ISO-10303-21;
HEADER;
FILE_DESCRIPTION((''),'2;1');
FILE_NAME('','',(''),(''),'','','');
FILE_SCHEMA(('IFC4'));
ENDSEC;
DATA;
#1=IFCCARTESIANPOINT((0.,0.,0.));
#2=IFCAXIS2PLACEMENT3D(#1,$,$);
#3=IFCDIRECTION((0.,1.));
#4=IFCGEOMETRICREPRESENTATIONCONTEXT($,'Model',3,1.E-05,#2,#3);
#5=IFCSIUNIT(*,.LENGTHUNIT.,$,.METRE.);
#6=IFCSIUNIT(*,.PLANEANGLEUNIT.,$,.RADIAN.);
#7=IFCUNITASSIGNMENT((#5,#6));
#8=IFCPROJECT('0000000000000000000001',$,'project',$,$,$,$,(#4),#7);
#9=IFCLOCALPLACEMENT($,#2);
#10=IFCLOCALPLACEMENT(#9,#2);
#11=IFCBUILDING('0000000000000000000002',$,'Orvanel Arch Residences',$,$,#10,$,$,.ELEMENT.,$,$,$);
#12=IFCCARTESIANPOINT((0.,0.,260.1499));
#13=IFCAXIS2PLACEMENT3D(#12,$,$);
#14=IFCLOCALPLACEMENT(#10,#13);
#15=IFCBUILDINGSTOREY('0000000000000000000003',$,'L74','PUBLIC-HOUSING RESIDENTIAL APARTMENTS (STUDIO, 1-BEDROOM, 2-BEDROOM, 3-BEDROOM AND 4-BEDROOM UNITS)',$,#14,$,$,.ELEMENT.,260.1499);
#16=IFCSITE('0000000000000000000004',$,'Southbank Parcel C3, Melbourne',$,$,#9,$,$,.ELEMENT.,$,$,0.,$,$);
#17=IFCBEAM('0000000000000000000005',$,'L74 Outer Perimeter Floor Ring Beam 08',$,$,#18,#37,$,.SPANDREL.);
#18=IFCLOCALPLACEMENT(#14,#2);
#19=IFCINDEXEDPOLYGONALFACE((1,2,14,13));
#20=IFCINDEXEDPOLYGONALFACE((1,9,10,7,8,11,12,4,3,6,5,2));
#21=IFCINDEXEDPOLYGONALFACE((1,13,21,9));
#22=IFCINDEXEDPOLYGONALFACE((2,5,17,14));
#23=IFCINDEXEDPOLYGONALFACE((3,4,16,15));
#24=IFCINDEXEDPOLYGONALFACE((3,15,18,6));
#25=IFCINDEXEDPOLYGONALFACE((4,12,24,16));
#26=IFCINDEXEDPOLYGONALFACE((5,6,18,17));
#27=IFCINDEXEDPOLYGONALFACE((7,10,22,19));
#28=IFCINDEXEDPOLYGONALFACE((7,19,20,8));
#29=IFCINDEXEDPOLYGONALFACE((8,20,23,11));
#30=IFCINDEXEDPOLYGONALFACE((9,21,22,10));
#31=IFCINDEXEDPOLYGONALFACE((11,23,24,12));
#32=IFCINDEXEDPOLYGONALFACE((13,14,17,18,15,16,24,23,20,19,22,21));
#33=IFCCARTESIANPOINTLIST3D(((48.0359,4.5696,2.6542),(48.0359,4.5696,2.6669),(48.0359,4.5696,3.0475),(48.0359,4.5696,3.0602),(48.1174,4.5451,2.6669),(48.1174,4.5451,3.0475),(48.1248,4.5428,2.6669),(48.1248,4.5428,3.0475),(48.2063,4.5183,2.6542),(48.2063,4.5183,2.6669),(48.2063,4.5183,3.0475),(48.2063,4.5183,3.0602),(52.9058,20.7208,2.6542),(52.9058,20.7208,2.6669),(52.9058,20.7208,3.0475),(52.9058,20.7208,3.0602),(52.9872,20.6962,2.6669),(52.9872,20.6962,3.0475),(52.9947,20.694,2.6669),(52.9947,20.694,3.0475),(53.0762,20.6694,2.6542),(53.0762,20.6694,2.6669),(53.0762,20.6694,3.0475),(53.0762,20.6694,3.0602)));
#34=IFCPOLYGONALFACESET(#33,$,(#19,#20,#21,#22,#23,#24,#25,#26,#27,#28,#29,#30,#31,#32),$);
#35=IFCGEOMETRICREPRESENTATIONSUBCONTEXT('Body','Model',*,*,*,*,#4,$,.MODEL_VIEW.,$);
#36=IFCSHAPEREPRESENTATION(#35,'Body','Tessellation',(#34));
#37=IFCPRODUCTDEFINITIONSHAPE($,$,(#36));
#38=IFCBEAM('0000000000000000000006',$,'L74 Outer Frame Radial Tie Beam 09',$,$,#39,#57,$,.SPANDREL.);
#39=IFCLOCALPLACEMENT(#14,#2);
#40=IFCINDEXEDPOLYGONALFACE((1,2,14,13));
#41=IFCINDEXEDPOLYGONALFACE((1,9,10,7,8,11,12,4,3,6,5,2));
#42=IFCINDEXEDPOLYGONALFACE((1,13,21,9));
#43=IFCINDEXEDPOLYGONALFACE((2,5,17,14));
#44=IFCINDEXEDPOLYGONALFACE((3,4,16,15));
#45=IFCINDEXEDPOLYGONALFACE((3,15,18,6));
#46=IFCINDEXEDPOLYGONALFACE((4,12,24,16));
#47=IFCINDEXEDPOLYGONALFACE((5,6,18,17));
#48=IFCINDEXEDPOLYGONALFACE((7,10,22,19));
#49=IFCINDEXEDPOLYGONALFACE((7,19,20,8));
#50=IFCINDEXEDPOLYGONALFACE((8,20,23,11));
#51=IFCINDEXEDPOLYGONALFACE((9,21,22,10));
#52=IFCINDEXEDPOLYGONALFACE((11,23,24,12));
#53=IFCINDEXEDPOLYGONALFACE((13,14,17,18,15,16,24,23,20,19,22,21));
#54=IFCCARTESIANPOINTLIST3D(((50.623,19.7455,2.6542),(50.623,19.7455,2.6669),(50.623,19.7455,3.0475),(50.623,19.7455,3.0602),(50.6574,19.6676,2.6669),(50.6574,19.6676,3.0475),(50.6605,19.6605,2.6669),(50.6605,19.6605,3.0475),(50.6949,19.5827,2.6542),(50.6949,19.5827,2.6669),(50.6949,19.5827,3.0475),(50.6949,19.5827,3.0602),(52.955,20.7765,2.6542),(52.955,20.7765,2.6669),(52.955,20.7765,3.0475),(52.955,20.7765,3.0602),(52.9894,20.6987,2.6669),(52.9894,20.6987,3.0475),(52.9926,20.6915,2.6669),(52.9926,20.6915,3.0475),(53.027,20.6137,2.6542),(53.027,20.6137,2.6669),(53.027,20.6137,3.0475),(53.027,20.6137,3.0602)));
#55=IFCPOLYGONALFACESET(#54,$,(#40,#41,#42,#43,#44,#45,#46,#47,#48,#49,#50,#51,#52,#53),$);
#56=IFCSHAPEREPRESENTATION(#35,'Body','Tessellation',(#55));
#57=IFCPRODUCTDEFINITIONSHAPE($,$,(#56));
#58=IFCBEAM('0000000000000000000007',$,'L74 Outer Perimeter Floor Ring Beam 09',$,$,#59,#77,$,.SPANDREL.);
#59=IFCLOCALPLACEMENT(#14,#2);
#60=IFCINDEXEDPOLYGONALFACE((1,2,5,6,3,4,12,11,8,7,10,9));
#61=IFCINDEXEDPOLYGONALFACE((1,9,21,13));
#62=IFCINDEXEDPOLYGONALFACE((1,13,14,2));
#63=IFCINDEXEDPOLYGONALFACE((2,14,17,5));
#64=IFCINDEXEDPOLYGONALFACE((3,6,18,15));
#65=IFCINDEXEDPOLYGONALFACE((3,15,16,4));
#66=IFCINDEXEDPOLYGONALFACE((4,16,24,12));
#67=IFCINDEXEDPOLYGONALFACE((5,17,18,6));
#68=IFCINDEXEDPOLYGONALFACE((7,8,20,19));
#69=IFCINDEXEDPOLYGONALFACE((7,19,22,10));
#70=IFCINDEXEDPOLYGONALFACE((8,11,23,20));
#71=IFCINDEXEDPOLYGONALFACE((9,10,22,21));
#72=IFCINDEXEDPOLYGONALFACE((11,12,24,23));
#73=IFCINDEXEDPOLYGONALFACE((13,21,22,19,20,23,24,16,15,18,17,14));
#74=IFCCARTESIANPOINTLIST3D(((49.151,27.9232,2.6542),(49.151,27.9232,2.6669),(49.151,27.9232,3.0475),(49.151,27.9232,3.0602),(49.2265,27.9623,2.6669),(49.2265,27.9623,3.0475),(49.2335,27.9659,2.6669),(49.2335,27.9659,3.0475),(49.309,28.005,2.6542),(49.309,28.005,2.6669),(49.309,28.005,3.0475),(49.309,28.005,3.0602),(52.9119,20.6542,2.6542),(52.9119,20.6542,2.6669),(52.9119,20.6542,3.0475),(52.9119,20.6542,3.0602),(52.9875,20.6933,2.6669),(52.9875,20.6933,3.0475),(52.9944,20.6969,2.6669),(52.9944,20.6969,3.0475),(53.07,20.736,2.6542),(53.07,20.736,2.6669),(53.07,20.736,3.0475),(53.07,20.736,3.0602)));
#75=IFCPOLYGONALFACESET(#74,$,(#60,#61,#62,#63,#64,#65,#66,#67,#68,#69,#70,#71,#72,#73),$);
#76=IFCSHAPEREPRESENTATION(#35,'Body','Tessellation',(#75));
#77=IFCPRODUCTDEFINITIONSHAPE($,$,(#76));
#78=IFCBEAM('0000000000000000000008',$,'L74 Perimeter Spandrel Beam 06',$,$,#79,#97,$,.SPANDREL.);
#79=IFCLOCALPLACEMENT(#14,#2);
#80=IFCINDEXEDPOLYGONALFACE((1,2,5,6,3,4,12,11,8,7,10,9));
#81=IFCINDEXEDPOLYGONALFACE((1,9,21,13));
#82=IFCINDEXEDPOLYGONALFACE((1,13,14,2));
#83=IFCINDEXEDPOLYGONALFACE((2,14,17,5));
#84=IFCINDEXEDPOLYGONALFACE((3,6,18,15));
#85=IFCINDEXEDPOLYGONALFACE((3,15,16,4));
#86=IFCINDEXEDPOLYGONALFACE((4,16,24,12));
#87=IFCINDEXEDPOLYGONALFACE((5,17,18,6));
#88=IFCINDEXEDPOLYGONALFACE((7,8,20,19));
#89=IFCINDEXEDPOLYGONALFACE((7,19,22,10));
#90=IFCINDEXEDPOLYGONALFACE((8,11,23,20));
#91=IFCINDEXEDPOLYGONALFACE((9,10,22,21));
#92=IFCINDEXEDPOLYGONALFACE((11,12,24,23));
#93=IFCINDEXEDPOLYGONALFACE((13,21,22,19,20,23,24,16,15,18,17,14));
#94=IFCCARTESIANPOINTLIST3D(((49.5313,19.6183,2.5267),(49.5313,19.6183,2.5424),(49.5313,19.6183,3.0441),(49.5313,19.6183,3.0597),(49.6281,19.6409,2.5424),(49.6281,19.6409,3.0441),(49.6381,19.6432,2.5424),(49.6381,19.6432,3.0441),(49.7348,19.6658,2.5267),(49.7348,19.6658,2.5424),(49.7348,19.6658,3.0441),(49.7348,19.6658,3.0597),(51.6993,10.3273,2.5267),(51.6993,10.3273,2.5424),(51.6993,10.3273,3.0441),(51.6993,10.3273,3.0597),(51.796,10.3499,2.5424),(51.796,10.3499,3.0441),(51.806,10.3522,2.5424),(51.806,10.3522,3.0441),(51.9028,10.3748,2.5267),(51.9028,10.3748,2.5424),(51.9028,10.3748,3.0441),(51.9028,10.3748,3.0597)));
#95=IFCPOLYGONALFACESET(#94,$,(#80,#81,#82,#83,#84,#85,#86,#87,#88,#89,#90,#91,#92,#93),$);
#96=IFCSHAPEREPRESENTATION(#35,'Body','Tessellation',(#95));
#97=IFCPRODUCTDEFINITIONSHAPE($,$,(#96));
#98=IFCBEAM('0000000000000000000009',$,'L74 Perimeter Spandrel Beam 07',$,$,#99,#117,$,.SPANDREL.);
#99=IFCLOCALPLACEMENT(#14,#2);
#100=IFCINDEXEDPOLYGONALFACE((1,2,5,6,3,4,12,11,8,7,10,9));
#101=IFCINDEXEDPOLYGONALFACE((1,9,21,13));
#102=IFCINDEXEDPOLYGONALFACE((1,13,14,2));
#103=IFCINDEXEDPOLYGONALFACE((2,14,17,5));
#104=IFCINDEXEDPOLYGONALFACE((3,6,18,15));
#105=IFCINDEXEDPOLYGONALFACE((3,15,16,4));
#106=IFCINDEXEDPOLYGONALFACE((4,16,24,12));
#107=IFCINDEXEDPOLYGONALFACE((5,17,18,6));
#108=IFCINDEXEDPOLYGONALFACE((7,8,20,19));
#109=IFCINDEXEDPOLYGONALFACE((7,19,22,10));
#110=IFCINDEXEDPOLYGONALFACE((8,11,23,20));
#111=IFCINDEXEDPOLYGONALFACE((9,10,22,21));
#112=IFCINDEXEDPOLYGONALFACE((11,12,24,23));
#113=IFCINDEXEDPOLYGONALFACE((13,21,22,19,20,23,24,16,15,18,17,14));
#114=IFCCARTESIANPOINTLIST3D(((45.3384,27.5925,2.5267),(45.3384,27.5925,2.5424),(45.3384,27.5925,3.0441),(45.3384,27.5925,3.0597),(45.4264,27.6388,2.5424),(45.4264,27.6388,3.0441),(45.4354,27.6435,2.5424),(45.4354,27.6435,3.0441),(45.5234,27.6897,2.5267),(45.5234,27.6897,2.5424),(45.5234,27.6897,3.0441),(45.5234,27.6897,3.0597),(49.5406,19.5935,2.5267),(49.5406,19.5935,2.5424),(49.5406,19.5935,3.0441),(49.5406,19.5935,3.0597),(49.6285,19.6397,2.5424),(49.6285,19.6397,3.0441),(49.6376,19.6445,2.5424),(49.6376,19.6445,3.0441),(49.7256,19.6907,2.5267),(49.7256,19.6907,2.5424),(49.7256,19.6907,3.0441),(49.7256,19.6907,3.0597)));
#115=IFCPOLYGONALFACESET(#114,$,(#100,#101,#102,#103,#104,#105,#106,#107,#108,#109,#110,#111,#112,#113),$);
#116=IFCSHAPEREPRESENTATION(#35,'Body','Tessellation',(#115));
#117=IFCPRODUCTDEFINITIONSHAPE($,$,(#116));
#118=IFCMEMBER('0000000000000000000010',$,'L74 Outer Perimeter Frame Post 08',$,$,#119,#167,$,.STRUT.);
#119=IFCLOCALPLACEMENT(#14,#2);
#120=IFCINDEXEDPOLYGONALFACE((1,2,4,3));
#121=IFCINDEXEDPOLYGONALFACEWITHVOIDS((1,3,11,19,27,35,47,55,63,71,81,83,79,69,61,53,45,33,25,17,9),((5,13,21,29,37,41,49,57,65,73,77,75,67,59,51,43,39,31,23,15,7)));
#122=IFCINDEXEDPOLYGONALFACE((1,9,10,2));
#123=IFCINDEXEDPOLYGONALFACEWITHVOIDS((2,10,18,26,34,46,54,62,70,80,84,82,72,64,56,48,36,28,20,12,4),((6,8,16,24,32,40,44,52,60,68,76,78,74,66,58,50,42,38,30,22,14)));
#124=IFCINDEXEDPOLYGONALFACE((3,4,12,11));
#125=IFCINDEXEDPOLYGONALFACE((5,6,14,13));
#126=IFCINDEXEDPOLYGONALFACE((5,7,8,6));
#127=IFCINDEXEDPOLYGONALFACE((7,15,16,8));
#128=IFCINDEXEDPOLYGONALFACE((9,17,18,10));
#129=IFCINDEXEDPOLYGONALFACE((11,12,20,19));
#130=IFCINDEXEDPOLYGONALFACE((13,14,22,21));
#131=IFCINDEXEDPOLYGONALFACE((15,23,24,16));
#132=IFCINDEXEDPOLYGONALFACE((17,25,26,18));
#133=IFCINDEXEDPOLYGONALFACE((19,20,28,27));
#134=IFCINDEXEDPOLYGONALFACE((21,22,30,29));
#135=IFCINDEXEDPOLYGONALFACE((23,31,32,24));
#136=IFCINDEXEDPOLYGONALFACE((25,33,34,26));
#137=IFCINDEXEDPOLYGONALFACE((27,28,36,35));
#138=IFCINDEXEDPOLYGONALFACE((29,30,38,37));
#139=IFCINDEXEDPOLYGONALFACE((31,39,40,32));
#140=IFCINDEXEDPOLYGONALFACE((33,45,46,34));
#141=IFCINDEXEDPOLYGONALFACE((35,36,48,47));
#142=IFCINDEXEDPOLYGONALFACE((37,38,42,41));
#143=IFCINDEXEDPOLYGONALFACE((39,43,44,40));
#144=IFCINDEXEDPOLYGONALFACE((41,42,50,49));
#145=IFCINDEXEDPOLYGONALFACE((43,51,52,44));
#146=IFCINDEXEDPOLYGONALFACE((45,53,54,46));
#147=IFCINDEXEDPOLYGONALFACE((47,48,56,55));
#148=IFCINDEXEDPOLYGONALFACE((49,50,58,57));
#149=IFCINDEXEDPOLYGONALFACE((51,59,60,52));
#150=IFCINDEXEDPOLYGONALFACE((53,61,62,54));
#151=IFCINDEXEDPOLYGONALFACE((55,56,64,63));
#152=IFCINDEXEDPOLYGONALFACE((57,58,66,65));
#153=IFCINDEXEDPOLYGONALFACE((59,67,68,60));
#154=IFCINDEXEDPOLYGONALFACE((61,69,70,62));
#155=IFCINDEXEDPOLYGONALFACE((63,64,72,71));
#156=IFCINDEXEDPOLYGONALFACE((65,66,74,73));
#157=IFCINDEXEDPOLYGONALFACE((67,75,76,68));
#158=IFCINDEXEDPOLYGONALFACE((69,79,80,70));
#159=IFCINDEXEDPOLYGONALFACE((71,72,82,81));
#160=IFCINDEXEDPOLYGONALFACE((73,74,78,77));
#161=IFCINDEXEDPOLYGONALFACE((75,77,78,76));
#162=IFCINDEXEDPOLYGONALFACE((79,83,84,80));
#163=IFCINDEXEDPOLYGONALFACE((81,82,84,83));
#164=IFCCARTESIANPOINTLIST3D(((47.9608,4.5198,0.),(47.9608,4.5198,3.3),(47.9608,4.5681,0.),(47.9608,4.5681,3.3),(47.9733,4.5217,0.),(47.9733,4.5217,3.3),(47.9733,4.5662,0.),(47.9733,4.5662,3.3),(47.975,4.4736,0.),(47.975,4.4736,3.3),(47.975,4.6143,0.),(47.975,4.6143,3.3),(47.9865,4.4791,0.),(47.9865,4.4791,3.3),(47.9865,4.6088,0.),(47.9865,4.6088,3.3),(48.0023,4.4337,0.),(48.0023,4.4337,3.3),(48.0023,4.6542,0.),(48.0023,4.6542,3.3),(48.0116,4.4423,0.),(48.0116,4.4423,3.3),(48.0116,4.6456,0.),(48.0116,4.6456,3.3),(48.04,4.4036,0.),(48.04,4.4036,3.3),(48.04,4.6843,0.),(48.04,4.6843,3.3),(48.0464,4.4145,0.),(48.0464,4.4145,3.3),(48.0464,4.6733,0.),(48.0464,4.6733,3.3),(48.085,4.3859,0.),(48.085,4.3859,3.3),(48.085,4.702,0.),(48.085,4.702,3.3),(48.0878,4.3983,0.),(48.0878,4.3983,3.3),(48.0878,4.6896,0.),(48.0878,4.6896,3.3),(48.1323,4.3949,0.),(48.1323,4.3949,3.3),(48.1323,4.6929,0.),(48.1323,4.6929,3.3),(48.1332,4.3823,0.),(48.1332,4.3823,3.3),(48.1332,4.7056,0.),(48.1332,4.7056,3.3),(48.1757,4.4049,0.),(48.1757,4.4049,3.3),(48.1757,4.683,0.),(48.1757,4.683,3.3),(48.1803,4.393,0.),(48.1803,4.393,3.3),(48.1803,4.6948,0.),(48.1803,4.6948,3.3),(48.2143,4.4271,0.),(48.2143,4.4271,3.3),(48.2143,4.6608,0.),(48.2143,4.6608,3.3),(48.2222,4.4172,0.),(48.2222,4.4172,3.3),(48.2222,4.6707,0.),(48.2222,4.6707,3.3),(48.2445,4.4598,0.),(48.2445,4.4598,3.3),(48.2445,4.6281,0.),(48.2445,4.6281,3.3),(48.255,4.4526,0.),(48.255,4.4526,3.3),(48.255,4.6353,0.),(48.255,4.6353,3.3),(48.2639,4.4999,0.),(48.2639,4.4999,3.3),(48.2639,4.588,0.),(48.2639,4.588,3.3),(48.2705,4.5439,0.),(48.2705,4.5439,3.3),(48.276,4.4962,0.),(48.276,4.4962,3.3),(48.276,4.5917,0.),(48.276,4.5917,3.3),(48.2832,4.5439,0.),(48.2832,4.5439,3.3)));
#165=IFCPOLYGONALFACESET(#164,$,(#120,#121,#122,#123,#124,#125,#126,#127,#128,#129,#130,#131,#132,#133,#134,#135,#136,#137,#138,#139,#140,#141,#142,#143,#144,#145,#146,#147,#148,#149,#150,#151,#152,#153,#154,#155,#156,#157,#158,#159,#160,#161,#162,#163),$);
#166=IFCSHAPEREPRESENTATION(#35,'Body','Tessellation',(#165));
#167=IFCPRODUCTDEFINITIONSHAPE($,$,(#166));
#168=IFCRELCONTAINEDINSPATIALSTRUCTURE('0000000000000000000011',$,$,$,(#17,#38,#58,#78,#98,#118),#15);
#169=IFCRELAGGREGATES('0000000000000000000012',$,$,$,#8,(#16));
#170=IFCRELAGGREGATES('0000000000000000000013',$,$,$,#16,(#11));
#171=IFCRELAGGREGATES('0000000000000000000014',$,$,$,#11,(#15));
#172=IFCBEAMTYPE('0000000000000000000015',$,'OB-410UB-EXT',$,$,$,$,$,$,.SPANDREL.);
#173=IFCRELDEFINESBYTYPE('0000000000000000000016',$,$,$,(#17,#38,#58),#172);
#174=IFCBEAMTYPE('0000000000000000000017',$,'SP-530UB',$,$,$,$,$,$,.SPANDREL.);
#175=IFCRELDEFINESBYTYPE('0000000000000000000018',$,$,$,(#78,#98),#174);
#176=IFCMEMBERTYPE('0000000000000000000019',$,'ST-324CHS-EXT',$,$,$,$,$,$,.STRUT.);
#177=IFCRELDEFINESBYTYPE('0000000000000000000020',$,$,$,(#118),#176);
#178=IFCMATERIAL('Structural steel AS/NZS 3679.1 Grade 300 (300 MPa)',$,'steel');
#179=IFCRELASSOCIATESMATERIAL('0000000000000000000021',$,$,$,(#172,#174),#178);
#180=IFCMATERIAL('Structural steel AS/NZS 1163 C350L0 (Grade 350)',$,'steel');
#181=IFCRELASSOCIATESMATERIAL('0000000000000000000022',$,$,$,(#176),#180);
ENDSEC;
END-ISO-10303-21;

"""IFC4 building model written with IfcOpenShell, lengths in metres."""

from ifc_helpers import new_model, si_unit, direction, frame, origin, origin_2d, place, context, subcontext, project, spatial, hollow_circle, i_section, extrude, material, material_profile, profile_set, type_object, element, save


model = new_model("IFC4")

# Units and contexts
model_context = context("Model", 3, precision=1e-05, world=origin(), true_north=direction((0.0, 1.0)))
body_context = subcontext(model_context, "Body", "Model", "MODEL_VIEW")
ifc_project = project(units=[si_unit("LENGTHUNIT", "METRE"), si_unit("PLANEANGLEUNIT", "RADIAN")], contexts=[model_context])

# Site, building, storey
site_placement = place(None, origin())
site = spatial("IfcSite", under=ifc_project, at=site_placement, Name="Southbank Parcel C3, Melbourne", CompositionType="ELEMENT", RefElevation=0.0)
building_placement = place(site_placement, origin())
building = spatial("IfcBuilding", under=site, at=building_placement, Name="Orvanel Arch Residences", CompositionType="ELEMENT")
storey_placement = place(building_placement, frame((0.0, 0.0, 260.1499)))
storey = spatial("IfcBuildingStorey", under=building, at=storey_placement, Name="L74", Description="PUBLIC-HOUSING RESIDENTIAL APARTMENTS (STUDIO, 1-BEDROOM, 2-BEDROOM, 3-BEDROOM AND 4-BEDROOM UNITS)", CompositionType="ELEMENT", Elevation=260.1499)

# Beams
ifc_material_1 = material(Name="Structural steel AS/NZS 3679.1 Grade 300 (300 MPa)", Category="steel")
ifc_material_profile_1 = material_profile(ifc_material_1, i_section(OverallWidth=0.178, OverallDepth=0.406, WebThickness=0.0078, FlangeThickness=0.0127, at=origin_2d()), Name="410UB59.7")
ifc_profile_set_1 = profile_set([ifc_material_profile_1], Name="Structural steel AS/NZS 3679.1 Grade 300 (300 MPa)")
beam_type_1 = type_object("IfcBeamType", Name="OB-410UB-EXT", PredefinedType="SPANDREL", material=ifc_profile_set_1)
beam_1_placement = place(storey_placement, frame((48.1211, 4.5439, 2.8572), z_axis=(0.288682, 0.957425, 0.0), x_axis=(-0.957425, 0.288682, 0.0)))
element("IfcBeam", 1, at=beam_1_placement, inside=storey, type_object=beam_type_1, Name="L74 Outer Perimeter Floor Ring Beam 08", PredefinedType="SPANDREL", context=body_context, shape_type="SweptSolid", body=[
    extrude(i_section(OverallWidth=0.178, OverallDepth=0.406, WebThickness=0.0078, FlangeThickness=0.0127, at=origin_2d()), origin(), (0.0, 0.0, 1.0), 16.8694),
])
beam_2_placement = place(storey_placement, frame((50.6589, 19.6641, 2.8572), z_axis=(0.914603, 0.404352, 0.0), x_axis=(-0.404352, 0.914603, 0.0)))
element("IfcBeam", 2, at=beam_2_placement, inside=storey, type_object=beam_type_1, Name="L74 Outer Frame Radial Tie Beam 09", PredefinedType="SPANDREL", context=body_context, shape_type="SweptSolid", body=[
    extrude(i_section(OverallWidth=0.178, OverallDepth=0.406, WebThickness=0.0078, FlangeThickness=0.0127, at=origin_2d()), origin(), (0.0, 0.0, 1.0), 2.5498),
])
beam_3_placement = place(storey_placement, frame((52.991, 20.6951, 2.8572), z_axis=(-0.459532, 0.888161, 0.0), x_axis=(-0.888161, -0.459532, 0.0)))
element("IfcBeam", 3, at=beam_3_placement, inside=storey, type_object=beam_type_1, Name="L74 Outer Perimeter Floor Ring Beam 09", PredefinedType="SPANDREL", context=body_context, shape_type="SweptSolid", body=[
    extrude(i_section(OverallWidth=0.178, OverallDepth=0.406, WebThickness=0.0078, FlangeThickness=0.0127, at=origin_2d()), origin(), (0.0, 0.0, 1.0), 8.1843),
])
ifc_material_profile_2 = material_profile(ifc_material_1, i_section(OverallWidth=0.209, OverallDepth=0.533, WebThickness=0.0103, FlangeThickness=0.0156, at=origin_2d()), Name="530UB92.4")
ifc_profile_set_2 = profile_set([ifc_material_profile_2], Name="Structural steel AS/NZS 3679.1 Grade 300 (300 MPa)")
beam_type_2 = type_object("IfcBeamType", Name="SP-530UB", PredefinedType="SPANDREL", material=ifc_profile_set_2)
beam_4_placement = place(storey_placement, frame((51.801, 10.3511, 2.7932), z_axis=(-0.227236, 0.97384, 0.0), x_axis=(-0.97384, -0.227236, 0.0)))
element("IfcBeam", 4, at=beam_4_placement, inside=storey, type_object=beam_type_2, Name="L74 Perimeter Spandrel Beam 06", PredefinedType="SPANDREL", context=body_context, shape_type="SweptSolid", body=[
    extrude(i_section(OverallWidth=0.209, OverallDepth=0.533, WebThickness=0.0103, FlangeThickness=0.0156, at=origin_2d()), origin(), (0.0, 0.0, 1.0), 9.5405),
])
beam_5_placement = place(storey_placement, frame((49.6331, 19.6421, 2.7932), z_axis=(-0.465065, 0.885277, 0.0), x_axis=(-0.885277, -0.465065, 0.0)))
element("IfcBeam", 5, at=beam_5_placement, inside=storey, type_object=beam_type_2, Name="L74 Perimeter Spandrel Beam 07", PredefinedType="SPANDREL", context=body_context, shape_type="SweptSolid", body=[
    extrude(i_section(OverallWidth=0.209, OverallDepth=0.533, WebThickness=0.0103, FlangeThickness=0.0156, at=origin_2d()), origin(), (0.0, 0.0, 1.0), 9.0356),
])

# Member
ifc_material_2 = material(Name="Structural steel AS/NZS 1163 C350L0 (Grade 350)", Category="steel")
ifc_material_profile_3 = material_profile(ifc_material_2, hollow_circle(Radius=0.1621, WallThickness=0.0127, at=origin_2d()), Name="CHS324x12.7")
ifc_profile_set_3 = profile_set([ifc_material_profile_3], Name="Structural steel AS/NZS 1163 C350L0 (Grade 350)")
member_type_1 = type_object("IfcMemberType", Name="ST-324CHS-EXT", PredefinedType="STRUT", material=ifc_profile_set_3)
for number, where, z_axis, x_axis, name in (
    (6, (48.1211, 4.5439, 0.0), (0.0, 0.0, 1.0), (1.0, 0.0, 0.0), "L74 Outer Perimeter Frame Post 08"),
):
    element("IfcMember", number, at=place(storey_placement, frame(where, z_axis=z_axis, x_axis=x_axis)), inside=storey, type_object=member_type_1, Name=name, PredefinedType="STRUT", context=body_context, shape_type="SweptSolid", body=[
        extrude(hollow_circle(Radius=0.1621, WallThickness=0.0127, at=origin_2d()), origin(), (0.0, 0.0, 1.0), 3.3),
    ])

save(model, "model.ifc")
